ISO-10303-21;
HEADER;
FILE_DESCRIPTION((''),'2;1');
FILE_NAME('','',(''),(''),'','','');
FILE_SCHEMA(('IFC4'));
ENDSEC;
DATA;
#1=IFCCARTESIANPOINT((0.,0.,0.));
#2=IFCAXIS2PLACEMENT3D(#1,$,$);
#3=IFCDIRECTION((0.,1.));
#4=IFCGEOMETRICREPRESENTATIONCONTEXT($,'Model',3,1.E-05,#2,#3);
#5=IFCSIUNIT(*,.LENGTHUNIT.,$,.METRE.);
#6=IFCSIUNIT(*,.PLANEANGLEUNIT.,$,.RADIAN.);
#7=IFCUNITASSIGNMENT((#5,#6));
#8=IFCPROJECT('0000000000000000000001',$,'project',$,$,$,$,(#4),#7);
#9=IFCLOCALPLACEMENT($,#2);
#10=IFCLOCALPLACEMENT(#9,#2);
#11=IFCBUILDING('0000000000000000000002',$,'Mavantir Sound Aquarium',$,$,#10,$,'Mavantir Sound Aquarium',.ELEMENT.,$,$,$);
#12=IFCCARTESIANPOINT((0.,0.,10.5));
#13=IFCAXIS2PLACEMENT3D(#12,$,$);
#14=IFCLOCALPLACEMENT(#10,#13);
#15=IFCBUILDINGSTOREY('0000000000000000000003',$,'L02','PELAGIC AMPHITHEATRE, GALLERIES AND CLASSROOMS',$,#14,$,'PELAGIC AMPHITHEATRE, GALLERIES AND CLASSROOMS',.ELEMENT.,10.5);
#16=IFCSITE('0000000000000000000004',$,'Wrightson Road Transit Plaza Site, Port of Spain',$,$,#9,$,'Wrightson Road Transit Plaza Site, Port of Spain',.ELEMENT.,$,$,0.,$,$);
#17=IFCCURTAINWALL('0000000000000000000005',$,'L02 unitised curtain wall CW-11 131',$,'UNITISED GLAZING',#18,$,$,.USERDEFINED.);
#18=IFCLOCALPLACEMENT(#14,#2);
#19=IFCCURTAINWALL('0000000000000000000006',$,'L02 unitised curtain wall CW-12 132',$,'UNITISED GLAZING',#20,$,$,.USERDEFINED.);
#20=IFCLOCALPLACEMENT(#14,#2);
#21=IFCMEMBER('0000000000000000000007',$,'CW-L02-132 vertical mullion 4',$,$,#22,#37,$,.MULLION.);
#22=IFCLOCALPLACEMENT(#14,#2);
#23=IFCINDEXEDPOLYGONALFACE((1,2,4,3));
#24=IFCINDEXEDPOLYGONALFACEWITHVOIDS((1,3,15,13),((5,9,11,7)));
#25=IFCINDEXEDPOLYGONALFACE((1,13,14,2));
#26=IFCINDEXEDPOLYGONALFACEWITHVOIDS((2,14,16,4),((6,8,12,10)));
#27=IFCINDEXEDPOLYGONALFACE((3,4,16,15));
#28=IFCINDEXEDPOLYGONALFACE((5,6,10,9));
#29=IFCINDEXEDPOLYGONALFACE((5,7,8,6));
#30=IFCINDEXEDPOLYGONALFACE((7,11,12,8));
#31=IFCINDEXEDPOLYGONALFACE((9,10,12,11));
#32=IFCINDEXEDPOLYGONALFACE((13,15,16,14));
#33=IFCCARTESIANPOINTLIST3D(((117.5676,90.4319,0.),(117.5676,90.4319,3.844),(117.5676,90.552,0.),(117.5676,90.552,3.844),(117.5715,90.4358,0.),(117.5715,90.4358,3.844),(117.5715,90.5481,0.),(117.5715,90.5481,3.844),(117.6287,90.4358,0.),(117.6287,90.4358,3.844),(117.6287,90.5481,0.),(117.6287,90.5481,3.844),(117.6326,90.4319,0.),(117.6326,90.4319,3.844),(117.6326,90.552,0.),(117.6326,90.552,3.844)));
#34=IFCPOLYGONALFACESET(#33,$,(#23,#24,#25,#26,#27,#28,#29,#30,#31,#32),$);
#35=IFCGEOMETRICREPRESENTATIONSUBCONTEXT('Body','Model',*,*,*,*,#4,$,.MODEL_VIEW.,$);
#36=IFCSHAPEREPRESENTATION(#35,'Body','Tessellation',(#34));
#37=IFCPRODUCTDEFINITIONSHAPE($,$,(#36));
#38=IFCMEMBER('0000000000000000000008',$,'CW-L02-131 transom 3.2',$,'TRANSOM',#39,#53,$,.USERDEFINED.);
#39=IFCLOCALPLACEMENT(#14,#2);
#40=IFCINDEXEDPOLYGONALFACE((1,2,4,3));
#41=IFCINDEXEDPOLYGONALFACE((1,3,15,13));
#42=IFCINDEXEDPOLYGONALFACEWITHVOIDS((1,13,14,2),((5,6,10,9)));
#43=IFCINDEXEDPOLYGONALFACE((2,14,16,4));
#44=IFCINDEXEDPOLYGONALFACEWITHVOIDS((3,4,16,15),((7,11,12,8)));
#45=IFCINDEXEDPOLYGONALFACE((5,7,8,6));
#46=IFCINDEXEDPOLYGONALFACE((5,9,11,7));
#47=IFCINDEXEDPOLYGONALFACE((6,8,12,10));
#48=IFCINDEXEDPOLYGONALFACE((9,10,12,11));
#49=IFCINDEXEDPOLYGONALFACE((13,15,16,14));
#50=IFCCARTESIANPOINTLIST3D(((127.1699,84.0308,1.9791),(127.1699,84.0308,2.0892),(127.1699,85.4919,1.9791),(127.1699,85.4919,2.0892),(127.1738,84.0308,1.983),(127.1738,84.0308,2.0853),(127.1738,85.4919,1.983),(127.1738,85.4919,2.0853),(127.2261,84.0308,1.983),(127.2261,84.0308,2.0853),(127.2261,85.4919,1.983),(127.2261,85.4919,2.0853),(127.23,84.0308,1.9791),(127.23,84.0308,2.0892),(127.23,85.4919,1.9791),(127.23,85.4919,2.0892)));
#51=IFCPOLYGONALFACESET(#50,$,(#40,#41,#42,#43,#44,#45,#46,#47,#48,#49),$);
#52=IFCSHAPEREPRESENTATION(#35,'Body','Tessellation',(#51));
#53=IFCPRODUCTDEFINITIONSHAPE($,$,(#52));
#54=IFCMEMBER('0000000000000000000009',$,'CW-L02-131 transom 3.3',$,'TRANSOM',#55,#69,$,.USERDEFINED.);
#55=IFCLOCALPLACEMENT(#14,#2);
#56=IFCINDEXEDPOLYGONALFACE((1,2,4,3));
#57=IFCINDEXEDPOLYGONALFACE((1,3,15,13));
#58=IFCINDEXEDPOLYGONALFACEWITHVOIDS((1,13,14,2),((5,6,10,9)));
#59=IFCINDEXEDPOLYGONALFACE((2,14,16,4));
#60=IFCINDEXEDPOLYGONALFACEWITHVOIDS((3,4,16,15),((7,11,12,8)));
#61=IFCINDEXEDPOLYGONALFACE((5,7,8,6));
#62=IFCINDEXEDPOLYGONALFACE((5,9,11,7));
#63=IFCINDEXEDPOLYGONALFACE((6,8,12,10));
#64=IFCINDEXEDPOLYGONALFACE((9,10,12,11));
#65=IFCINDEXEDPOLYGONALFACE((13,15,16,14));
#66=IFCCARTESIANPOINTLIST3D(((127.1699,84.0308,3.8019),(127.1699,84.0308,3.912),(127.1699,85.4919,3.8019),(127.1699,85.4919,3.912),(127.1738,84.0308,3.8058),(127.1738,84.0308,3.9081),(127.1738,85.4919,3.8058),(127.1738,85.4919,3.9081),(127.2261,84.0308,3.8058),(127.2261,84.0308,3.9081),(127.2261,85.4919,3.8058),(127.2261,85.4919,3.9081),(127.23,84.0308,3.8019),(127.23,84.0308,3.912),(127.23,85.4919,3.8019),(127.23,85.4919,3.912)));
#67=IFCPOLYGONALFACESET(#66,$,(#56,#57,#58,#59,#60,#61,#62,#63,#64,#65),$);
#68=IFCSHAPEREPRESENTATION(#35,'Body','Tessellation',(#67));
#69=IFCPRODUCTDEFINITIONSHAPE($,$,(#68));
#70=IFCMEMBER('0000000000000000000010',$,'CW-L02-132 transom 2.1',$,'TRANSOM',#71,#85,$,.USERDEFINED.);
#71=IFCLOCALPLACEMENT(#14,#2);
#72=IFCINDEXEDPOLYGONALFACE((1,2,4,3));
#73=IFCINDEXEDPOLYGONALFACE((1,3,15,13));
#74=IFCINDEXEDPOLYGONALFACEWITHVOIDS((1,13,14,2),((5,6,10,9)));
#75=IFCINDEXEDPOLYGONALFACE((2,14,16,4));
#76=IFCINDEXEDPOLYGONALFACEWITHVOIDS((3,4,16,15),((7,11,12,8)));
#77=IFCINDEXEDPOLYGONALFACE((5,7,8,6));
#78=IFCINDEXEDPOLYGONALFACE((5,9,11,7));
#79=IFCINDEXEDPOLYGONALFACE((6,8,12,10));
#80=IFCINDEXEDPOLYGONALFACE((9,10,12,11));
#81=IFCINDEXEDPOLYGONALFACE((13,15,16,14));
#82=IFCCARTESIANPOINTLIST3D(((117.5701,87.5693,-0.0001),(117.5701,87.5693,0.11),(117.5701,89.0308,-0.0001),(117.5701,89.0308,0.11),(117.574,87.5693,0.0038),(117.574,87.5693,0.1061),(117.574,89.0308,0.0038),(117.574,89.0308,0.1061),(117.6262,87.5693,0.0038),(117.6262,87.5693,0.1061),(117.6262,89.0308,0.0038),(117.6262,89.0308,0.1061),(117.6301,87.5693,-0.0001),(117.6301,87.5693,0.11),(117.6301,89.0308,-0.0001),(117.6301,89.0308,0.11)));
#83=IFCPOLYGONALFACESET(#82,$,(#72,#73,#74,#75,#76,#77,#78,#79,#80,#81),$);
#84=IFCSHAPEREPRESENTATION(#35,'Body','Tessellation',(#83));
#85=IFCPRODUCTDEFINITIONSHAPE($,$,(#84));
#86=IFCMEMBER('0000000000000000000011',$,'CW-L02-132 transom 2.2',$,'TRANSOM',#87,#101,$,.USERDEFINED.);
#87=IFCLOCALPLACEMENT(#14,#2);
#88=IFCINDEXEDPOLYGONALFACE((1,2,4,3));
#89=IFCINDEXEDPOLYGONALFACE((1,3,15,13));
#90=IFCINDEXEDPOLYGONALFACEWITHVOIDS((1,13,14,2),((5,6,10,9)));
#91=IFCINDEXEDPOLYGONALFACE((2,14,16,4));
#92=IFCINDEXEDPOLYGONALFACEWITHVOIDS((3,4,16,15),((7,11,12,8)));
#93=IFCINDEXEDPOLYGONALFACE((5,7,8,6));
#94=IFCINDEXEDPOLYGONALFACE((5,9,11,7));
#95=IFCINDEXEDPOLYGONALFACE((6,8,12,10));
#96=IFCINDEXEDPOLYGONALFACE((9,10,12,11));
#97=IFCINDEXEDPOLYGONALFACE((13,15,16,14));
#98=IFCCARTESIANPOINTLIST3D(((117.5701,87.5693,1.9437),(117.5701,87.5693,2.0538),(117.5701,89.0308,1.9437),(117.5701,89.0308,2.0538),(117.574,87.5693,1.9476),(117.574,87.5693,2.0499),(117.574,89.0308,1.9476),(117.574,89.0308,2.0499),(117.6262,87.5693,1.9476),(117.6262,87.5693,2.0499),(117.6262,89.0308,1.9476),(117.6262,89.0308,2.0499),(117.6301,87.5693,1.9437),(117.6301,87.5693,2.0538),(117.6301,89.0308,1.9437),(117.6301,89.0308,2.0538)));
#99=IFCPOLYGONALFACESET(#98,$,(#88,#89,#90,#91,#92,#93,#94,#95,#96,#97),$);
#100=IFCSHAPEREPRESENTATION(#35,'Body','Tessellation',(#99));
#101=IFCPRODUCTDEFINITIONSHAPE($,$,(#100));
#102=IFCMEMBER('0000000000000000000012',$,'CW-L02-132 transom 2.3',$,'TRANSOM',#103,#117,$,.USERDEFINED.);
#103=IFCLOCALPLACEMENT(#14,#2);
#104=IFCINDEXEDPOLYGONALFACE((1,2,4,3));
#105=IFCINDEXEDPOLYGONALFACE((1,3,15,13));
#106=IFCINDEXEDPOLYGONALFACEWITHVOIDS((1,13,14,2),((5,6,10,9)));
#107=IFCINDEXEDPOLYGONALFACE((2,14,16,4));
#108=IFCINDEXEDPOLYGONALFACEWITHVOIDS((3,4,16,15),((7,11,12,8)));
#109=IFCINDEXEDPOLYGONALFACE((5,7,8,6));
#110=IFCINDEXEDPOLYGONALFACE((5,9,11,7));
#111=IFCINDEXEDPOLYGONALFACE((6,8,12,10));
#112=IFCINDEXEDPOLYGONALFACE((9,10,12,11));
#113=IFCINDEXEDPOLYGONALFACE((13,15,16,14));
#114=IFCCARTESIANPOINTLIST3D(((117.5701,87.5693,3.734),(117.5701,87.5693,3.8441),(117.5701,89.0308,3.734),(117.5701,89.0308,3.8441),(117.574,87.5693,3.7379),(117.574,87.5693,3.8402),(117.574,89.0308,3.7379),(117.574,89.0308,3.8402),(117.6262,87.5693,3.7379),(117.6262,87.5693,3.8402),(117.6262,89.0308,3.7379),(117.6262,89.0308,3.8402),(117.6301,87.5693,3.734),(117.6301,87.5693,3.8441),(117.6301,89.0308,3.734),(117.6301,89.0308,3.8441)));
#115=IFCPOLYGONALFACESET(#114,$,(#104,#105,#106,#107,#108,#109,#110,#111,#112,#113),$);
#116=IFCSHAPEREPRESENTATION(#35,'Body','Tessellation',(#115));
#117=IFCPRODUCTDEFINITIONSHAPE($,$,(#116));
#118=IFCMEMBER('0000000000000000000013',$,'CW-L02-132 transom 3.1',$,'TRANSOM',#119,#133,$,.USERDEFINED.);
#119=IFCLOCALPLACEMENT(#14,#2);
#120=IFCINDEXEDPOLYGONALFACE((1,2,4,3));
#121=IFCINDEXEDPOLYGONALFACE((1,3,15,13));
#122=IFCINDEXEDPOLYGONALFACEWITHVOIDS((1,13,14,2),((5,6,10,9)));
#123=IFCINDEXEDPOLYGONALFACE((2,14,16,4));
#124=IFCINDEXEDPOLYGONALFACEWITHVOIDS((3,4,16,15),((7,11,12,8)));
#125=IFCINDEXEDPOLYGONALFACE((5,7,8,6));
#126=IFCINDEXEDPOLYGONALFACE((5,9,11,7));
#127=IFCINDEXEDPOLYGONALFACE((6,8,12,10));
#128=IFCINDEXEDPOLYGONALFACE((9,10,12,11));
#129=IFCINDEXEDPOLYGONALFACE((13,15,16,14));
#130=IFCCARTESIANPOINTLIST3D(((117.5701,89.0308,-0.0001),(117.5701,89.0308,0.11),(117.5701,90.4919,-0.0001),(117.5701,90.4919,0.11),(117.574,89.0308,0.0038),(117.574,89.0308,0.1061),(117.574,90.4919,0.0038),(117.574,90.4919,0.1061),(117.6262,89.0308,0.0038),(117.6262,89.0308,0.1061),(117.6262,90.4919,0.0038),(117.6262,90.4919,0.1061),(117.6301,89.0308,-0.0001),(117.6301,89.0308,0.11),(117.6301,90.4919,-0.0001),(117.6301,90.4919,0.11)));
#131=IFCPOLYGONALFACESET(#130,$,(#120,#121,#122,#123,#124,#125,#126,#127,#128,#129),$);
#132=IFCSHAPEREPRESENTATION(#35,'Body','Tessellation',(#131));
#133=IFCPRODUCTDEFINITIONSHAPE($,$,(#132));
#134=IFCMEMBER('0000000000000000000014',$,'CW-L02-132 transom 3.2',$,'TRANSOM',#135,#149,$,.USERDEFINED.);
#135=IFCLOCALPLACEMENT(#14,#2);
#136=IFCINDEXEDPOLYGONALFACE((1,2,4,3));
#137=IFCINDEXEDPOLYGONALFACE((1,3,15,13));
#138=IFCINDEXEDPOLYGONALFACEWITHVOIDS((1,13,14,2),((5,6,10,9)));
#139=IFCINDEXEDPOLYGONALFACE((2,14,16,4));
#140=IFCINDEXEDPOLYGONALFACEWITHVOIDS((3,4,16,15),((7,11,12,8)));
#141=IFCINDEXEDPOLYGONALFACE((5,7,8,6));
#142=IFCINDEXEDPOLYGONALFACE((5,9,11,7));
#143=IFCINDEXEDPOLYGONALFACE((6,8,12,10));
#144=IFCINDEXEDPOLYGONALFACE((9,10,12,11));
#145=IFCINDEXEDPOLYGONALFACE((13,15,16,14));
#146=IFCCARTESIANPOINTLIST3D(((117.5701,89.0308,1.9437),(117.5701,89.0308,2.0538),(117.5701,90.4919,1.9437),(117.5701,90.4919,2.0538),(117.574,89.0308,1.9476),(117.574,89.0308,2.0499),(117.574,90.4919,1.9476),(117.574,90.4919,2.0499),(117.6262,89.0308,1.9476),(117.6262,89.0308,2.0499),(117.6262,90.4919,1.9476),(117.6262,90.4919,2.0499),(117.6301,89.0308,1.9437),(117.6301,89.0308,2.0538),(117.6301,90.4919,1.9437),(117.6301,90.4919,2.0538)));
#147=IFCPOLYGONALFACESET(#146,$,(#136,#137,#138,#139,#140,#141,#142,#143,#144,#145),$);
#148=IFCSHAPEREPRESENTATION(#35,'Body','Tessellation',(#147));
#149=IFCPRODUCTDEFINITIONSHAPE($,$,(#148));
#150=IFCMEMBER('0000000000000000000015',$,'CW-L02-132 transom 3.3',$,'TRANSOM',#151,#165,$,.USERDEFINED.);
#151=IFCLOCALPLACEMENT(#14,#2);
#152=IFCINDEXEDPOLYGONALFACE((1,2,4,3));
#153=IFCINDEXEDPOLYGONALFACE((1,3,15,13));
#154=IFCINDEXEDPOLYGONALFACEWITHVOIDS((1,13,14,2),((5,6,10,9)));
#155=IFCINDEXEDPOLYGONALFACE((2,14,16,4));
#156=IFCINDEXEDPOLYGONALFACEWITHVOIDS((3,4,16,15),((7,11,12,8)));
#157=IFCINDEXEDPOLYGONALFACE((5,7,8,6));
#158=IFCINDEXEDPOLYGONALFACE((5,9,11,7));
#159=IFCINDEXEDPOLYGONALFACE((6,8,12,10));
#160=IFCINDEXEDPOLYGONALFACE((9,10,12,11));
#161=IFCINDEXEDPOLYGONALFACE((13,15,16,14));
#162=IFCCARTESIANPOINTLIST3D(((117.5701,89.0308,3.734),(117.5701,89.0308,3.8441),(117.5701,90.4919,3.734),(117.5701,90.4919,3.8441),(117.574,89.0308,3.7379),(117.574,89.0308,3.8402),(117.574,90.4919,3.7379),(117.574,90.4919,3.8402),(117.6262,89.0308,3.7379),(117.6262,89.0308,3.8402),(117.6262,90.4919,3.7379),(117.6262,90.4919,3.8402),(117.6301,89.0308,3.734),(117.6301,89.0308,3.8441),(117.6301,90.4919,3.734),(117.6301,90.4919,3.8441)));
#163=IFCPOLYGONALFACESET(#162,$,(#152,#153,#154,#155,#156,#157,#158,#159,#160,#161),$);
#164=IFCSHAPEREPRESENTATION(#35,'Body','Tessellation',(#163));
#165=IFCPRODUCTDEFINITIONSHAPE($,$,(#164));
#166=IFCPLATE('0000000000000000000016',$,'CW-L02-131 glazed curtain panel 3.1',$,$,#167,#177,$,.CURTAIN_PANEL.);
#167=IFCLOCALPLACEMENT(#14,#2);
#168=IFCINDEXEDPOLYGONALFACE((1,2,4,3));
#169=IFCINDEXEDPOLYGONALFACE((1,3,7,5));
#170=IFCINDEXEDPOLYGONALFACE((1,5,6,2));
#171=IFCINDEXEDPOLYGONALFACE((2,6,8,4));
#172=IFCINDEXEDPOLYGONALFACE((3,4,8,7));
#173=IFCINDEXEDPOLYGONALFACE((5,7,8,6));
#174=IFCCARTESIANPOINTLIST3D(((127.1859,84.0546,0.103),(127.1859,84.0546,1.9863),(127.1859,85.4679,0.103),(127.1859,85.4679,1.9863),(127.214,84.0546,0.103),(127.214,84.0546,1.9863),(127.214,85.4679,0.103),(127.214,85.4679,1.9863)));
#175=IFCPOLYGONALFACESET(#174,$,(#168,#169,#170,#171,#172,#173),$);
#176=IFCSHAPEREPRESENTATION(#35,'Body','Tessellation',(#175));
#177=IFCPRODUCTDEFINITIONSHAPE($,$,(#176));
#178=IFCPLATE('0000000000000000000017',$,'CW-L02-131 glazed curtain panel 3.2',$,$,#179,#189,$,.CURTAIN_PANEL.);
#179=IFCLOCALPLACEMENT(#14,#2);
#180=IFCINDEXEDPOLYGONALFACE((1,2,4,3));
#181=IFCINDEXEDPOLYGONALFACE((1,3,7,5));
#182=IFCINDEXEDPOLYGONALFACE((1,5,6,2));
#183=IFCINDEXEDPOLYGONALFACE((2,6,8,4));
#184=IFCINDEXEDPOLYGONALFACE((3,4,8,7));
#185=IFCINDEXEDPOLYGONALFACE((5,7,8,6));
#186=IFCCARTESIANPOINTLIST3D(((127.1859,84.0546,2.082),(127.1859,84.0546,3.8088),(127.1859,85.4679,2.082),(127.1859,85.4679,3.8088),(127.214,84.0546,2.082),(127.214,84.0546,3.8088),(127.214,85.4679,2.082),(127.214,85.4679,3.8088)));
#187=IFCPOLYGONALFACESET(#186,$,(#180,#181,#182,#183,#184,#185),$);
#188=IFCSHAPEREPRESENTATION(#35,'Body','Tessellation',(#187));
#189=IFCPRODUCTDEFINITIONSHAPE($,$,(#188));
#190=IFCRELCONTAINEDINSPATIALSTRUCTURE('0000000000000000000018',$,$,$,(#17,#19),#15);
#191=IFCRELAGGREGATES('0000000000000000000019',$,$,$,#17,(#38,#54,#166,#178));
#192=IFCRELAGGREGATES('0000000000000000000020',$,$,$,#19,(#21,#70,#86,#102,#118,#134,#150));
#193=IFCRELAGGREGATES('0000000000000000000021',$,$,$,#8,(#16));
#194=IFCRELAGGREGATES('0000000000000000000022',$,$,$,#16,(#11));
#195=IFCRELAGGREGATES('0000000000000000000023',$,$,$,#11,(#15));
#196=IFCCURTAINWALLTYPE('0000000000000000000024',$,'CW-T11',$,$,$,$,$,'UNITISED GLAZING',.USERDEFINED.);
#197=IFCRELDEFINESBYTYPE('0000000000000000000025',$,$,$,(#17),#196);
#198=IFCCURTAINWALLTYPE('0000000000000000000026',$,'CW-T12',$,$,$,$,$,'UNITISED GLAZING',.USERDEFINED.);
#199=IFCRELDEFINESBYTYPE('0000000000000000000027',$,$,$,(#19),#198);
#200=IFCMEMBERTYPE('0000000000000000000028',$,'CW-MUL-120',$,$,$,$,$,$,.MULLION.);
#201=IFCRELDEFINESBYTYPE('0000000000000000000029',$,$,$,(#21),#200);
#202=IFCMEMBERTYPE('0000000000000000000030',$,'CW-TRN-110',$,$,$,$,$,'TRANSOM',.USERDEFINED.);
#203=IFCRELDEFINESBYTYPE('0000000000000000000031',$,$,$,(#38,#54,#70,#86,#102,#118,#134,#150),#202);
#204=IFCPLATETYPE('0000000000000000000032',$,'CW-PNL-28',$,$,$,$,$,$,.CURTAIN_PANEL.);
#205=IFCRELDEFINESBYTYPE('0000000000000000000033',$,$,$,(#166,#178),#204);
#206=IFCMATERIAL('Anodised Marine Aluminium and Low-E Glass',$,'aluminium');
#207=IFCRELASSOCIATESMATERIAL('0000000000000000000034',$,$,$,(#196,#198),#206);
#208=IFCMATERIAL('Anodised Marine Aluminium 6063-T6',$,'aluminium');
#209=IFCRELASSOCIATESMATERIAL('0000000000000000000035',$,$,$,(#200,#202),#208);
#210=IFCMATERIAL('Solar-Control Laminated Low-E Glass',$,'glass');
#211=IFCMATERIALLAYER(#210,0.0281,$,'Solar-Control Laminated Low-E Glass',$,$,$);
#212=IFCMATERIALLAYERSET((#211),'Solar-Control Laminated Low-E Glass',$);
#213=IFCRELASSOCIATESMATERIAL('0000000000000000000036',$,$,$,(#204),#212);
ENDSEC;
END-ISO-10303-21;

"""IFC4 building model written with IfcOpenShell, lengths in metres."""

from ifc_helpers import new_model, si_unit, direction, frame, origin, origin_2d, place, context, subcontext, project, spatial, rectangle, hollow_rectangle, extrude, material, layer, layer_set, material_profile, profile_set, type_object, element, aggregate, save


model = new_model("IFC4")

# Units and contexts
model_context = context("Model", 3, precision=1e-05, world=origin(), true_north=direction((0.0, 1.0)))
body_context = subcontext(model_context, "Body", "Model", "MODEL_VIEW")
ifc_project = project(units=[si_unit("LENGTHUNIT", "METRE"), si_unit("PLANEANGLEUNIT", "RADIAN")], contexts=[model_context])

# Site, building, storey
site_placement = place(None, origin())
site = spatial("IfcSite", under=ifc_project, at=site_placement, Name="Wrightson Road Transit Plaza Site, Port of Spain", LongName="Wrightson Road Transit Plaza Site, Port of Spain", CompositionType="ELEMENT", RefElevation=0.0)
building_placement = place(site_placement, origin())
building = spatial("IfcBuilding", under=site, at=building_placement, Name="Mavantir Sound Aquarium", LongName="Mavantir Sound Aquarium", CompositionType="ELEMENT")
storey_placement = place(building_placement, frame((0.0, 0.0, 10.5)))
storey = spatial("IfcBuildingStorey", under=building, at=storey_placement, Name="L02", Description="PELAGIC AMPHITHEATRE, GALLERIES AND CLASSROOMS", LongName="PELAGIC AMPHITHEATRE, GALLERIES AND CLASSROOMS", CompositionType="ELEMENT", Elevation=10.5)

# Curtain wall
ifc_material_1 = material(Name="Anodised Marine Aluminium and Low-E Glass", Category="aluminium")
curtain_wall_type_1 = type_object("IfcCurtainWallType", Name="CW-T11", ElementType="UNITISED GLAZING", PredefinedType="USERDEFINED", material=ifc_material_1)
curtain_wall_1_placement = place(storey_placement, origin())
curtain_wall_1 = element("IfcCurtainWall", 1, at=curtain_wall_1_placement, inside=storey, type_object=curtain_wall_type_1, Name="L02 unitised curtain wall CW-11 131", ObjectType="UNITISED GLAZING", PredefinedType="USERDEFINED")
ifc_material_2 = material(Name="Anodised Marine Aluminium 6063-T6", Category="aluminium")

# Curtain wall, member
curtain_wall_type_2 = type_object("IfcCurtainWallType", Name="CW-T12", ElementType="UNITISED GLAZING", PredefinedType="USERDEFINED", material=ifc_material_1)
curtain_wall_2_placement = place(storey_placement, origin())
curtain_wall_2 = element("IfcCurtainWall", 2, at=curtain_wall_2_placement, inside=storey, type_object=curtain_wall_type_2, Name="L02 unitised curtain wall CW-12 132", ObjectType="UNITISED GLAZING", PredefinedType="USERDEFINED")
ifc_material_profile_1 = material_profile(ifc_material_2, hollow_rectangle(XDim=0.0649, YDim=0.1201, WallThickness=0.0039, at=origin_2d()), Name="ALU-MULLION-120X65")
ifc_profile_set_1 = profile_set([ifc_material_profile_1], Name="Anodised Marine Aluminium 6063-T6")
member_type_1 = type_object("IfcMemberType", Name="CW-MUL-120", PredefinedType="MULLION", material=ifc_profile_set_1)
member_1_placement = place(storey_placement, frame((117.6001, 90.4919, 0.0), z_axis=(0.0, 0.0, 1.0), x_axis=(1.0, 0.0, 0.0)))
member_1 = element("IfcMember", 3, at=member_1_placement, type_object=member_type_1, Name="CW-L02-132 vertical mullion 4", PredefinedType="MULLION", context=body_context, shape_type="SweptSolid", body=[
    extrude(hollow_rectangle(XDim=0.0649, YDim=0.1201, WallThickness=0.0039, at=origin_2d()), origin(), (0.0, 0.0, 1.0), 3.844),
])

# Members
ifc_material_profile_2 = material_profile(ifc_material_2, hollow_rectangle(XDim=0.0601, YDim=0.1101, WallThickness=0.0039, at=origin_2d()), Name="ALU-TRANSOM-110X60")
ifc_profile_set_2 = profile_set([ifc_material_profile_2], Name="Anodised Marine Aluminium 6063-T6")
member_type_2 = type_object("IfcMemberType", Name="CW-TRN-110", ElementType="TRANSOM", PredefinedType="USERDEFINED", material=ifc_profile_set_2)
member_2_placement = place(storey_placement, frame((127.2, 84.0308, 2.0342), z_axis=(0.0, 1.0, 0.0), x_axis=(-1.0, 0.0, 0.0)))
member_2 = element("IfcMember", 4, at=member_2_placement, type_object=member_type_2, Name="CW-L02-131 transom 3.2", ObjectType="TRANSOM", PredefinedType="USERDEFINED", context=body_context, shape_type="SweptSolid", body=[
    extrude(hollow_rectangle(XDim=0.0601, YDim=0.1101, WallThickness=0.0039, at=origin_2d()), origin(), (0.0, 0.0, 1.0), 1.4612),
])
member_3_placement = place(storey_placement, frame((127.2, 84.0308, 3.8569), z_axis=(0.0, 1.0, 0.0), x_axis=(-1.0, 0.0, 0.0)))
member_3 = element("IfcMember", 5, at=member_3_placement, type_object=member_type_2, Name="CW-L02-131 transom 3.3", ObjectType="TRANSOM", PredefinedType="USERDEFINED", context=body_context, shape_type="SweptSolid", body=[
    extrude(hollow_rectangle(XDim=0.0601, YDim=0.1101, WallThickness=0.0039, at=origin_2d()), origin(), (0.0, 0.0, 1.0), 1.4612),
])
member_4_placement = place(storey_placement, frame((117.6001, 87.5693, 0.0549), z_axis=(0.0, 1.0, 0.0), x_axis=(-1.0, 0.0, 0.0)))
member_4 = element("IfcMember", 6, at=member_4_placement, type_object=member_type_2, Name="CW-L02-132 transom 2.1", ObjectType="TRANSOM", PredefinedType="USERDEFINED", context=body_context, shape_type="SweptSolid", body=[
    extrude(hollow_rectangle(XDim=0.0601, YDim=0.1101, WallThickness=0.0039, at=origin_2d()), origin(), (0.0, 0.0, 1.0), 1.4614),
])
member_5_placement = place(storey_placement, frame((117.6001, 87.5693, 1.9988), z_axis=(0.0, 1.0, 0.0), x_axis=(-1.0, 0.0, 0.0)))
member_5 = element("IfcMember", 7, at=member_5_placement, type_object=member_type_2, Name="CW-L02-132 transom 2.2", ObjectType="TRANSOM", PredefinedType="USERDEFINED", context=body_context, shape_type="SweptSolid", body=[
    extrude(hollow_rectangle(XDim=0.0601, YDim=0.1101, WallThickness=0.0039, at=origin_2d()), origin(), (0.0, 0.0, 1.0), 1.4614),
])
member_6_placement = place(storey_placement, frame((117.6001, 87.5693, 3.7891), z_axis=(0.0, 1.0, 0.0), x_axis=(-1.0, 0.0, 0.0)))
member_6 = element("IfcMember", 8, at=member_6_placement, type_object=member_type_2, Name="CW-L02-132 transom 2.3", ObjectType="TRANSOM", PredefinedType="USERDEFINED", context=body_context, shape_type="SweptSolid", body=[
    extrude(hollow_rectangle(XDim=0.0601, YDim=0.1101, WallThickness=0.0039, at=origin_2d()), origin(), (0.0, 0.0, 1.0), 1.4614),
])
member_7_placement = place(storey_placement, frame((117.6001, 89.0308, 0.0549), z_axis=(0.0, 1.0, 0.0), x_axis=(-1.0, 0.0, 0.0)))
member_7 = element("IfcMember", 9, at=member_7_placement, type_object=member_type_2, Name="CW-L02-132 transom 3.1", ObjectType="TRANSOM", PredefinedType="USERDEFINED", context=body_context, shape_type="SweptSolid", body=[
    extrude(hollow_rectangle(XDim=0.0601, YDim=0.1101, WallThickness=0.0039, at=origin_2d()), origin(), (0.0, 0.0, 1.0), 1.4612),
])
member_8_placement = place(storey_placement, frame((117.6001, 89.0308, 1.9988), z_axis=(0.0, 1.0, 0.0), x_axis=(-1.0, 0.0, 0.0)))
member_8 = element("IfcMember", 10, at=member_8_placement, type_object=member_type_2, Name="CW-L02-132 transom 3.2", ObjectType="TRANSOM", PredefinedType="USERDEFINED", context=body_context, shape_type="SweptSolid", body=[
    extrude(hollow_rectangle(XDim=0.0601, YDim=0.1101, WallThickness=0.0039, at=origin_2d()), origin(), (0.0, 0.0, 1.0), 1.4612),
])
member_9_placement = place(storey_placement, frame((117.6001, 89.0308, 3.7891), z_axis=(0.0, 1.0, 0.0), x_axis=(-1.0, 0.0, 0.0)))
member_9 = element("IfcMember", 11, at=member_9_placement, type_object=member_type_2, Name="CW-L02-132 transom 3.3", ObjectType="TRANSOM", PredefinedType="USERDEFINED", context=body_context, shape_type="SweptSolid", body=[
    extrude(hollow_rectangle(XDim=0.0601, YDim=0.1101, WallThickness=0.0039, at=origin_2d()), origin(), (0.0, 0.0, 1.0), 1.4612),
])

# Plates
ifc_material_3 = material(Name="Solar-Control Laminated Low-E Glass", Category="glass")
ifc_layer_1 = layer(ifc_material_3, 0.0281, Name="Solar-Control Laminated Low-E Glass")
ifc_layer_set_1 = layer_set([ifc_layer_1], Name="Solar-Control Laminated Low-E Glass")
plate_type_1 = type_object("IfcPlateType", Name="CW-PNL-28", PredefinedType="CURTAIN_PANEL", material=ifc_layer_set_1)
plate_1_placement = place(storey_placement, frame((127.2, 84.7612, 0.103), z_axis=(0.0, 0.0, 1.0), x_axis=(0.0, 1.0, 0.0)))
plate_1 = element("IfcPlate", 12, at=plate_1_placement, type_object=plate_type_1, Name="CW-L02-131 glazed curtain panel 3.1", PredefinedType="CURTAIN_PANEL", context=body_context, shape_type="SweptSolid", body=[
    extrude(rectangle(XDim=1.4133, YDim=0.0281, at=origin_2d()), origin(), (0.0, 0.0, 1.0), 1.8833),
])
plate_2_placement = place(storey_placement, frame((127.2, 84.7612, 2.082), z_axis=(0.0, 0.0, 1.0), x_axis=(0.0, 1.0, 0.0)))
plate_2 = element("IfcPlate", 13, at=plate_2_placement, type_object=plate_type_1, Name="CW-L02-131 glazed curtain panel 3.2", PredefinedType="CURTAIN_PANEL", context=body_context, shape_type="SweptSolid", body=[
    extrude(rectangle(XDim=1.4133, YDim=0.0281, at=origin_2d()), origin(), (0.0, 0.0, 1.0), 1.7268),
])
aggregate(curtain_wall_1, [member_2, member_3, plate_1, plate_2])
aggregate(curtain_wall_2, [member_1, member_4, member_5, member_6, member_7, member_8, member_9])

save(model, "model.ifc")
